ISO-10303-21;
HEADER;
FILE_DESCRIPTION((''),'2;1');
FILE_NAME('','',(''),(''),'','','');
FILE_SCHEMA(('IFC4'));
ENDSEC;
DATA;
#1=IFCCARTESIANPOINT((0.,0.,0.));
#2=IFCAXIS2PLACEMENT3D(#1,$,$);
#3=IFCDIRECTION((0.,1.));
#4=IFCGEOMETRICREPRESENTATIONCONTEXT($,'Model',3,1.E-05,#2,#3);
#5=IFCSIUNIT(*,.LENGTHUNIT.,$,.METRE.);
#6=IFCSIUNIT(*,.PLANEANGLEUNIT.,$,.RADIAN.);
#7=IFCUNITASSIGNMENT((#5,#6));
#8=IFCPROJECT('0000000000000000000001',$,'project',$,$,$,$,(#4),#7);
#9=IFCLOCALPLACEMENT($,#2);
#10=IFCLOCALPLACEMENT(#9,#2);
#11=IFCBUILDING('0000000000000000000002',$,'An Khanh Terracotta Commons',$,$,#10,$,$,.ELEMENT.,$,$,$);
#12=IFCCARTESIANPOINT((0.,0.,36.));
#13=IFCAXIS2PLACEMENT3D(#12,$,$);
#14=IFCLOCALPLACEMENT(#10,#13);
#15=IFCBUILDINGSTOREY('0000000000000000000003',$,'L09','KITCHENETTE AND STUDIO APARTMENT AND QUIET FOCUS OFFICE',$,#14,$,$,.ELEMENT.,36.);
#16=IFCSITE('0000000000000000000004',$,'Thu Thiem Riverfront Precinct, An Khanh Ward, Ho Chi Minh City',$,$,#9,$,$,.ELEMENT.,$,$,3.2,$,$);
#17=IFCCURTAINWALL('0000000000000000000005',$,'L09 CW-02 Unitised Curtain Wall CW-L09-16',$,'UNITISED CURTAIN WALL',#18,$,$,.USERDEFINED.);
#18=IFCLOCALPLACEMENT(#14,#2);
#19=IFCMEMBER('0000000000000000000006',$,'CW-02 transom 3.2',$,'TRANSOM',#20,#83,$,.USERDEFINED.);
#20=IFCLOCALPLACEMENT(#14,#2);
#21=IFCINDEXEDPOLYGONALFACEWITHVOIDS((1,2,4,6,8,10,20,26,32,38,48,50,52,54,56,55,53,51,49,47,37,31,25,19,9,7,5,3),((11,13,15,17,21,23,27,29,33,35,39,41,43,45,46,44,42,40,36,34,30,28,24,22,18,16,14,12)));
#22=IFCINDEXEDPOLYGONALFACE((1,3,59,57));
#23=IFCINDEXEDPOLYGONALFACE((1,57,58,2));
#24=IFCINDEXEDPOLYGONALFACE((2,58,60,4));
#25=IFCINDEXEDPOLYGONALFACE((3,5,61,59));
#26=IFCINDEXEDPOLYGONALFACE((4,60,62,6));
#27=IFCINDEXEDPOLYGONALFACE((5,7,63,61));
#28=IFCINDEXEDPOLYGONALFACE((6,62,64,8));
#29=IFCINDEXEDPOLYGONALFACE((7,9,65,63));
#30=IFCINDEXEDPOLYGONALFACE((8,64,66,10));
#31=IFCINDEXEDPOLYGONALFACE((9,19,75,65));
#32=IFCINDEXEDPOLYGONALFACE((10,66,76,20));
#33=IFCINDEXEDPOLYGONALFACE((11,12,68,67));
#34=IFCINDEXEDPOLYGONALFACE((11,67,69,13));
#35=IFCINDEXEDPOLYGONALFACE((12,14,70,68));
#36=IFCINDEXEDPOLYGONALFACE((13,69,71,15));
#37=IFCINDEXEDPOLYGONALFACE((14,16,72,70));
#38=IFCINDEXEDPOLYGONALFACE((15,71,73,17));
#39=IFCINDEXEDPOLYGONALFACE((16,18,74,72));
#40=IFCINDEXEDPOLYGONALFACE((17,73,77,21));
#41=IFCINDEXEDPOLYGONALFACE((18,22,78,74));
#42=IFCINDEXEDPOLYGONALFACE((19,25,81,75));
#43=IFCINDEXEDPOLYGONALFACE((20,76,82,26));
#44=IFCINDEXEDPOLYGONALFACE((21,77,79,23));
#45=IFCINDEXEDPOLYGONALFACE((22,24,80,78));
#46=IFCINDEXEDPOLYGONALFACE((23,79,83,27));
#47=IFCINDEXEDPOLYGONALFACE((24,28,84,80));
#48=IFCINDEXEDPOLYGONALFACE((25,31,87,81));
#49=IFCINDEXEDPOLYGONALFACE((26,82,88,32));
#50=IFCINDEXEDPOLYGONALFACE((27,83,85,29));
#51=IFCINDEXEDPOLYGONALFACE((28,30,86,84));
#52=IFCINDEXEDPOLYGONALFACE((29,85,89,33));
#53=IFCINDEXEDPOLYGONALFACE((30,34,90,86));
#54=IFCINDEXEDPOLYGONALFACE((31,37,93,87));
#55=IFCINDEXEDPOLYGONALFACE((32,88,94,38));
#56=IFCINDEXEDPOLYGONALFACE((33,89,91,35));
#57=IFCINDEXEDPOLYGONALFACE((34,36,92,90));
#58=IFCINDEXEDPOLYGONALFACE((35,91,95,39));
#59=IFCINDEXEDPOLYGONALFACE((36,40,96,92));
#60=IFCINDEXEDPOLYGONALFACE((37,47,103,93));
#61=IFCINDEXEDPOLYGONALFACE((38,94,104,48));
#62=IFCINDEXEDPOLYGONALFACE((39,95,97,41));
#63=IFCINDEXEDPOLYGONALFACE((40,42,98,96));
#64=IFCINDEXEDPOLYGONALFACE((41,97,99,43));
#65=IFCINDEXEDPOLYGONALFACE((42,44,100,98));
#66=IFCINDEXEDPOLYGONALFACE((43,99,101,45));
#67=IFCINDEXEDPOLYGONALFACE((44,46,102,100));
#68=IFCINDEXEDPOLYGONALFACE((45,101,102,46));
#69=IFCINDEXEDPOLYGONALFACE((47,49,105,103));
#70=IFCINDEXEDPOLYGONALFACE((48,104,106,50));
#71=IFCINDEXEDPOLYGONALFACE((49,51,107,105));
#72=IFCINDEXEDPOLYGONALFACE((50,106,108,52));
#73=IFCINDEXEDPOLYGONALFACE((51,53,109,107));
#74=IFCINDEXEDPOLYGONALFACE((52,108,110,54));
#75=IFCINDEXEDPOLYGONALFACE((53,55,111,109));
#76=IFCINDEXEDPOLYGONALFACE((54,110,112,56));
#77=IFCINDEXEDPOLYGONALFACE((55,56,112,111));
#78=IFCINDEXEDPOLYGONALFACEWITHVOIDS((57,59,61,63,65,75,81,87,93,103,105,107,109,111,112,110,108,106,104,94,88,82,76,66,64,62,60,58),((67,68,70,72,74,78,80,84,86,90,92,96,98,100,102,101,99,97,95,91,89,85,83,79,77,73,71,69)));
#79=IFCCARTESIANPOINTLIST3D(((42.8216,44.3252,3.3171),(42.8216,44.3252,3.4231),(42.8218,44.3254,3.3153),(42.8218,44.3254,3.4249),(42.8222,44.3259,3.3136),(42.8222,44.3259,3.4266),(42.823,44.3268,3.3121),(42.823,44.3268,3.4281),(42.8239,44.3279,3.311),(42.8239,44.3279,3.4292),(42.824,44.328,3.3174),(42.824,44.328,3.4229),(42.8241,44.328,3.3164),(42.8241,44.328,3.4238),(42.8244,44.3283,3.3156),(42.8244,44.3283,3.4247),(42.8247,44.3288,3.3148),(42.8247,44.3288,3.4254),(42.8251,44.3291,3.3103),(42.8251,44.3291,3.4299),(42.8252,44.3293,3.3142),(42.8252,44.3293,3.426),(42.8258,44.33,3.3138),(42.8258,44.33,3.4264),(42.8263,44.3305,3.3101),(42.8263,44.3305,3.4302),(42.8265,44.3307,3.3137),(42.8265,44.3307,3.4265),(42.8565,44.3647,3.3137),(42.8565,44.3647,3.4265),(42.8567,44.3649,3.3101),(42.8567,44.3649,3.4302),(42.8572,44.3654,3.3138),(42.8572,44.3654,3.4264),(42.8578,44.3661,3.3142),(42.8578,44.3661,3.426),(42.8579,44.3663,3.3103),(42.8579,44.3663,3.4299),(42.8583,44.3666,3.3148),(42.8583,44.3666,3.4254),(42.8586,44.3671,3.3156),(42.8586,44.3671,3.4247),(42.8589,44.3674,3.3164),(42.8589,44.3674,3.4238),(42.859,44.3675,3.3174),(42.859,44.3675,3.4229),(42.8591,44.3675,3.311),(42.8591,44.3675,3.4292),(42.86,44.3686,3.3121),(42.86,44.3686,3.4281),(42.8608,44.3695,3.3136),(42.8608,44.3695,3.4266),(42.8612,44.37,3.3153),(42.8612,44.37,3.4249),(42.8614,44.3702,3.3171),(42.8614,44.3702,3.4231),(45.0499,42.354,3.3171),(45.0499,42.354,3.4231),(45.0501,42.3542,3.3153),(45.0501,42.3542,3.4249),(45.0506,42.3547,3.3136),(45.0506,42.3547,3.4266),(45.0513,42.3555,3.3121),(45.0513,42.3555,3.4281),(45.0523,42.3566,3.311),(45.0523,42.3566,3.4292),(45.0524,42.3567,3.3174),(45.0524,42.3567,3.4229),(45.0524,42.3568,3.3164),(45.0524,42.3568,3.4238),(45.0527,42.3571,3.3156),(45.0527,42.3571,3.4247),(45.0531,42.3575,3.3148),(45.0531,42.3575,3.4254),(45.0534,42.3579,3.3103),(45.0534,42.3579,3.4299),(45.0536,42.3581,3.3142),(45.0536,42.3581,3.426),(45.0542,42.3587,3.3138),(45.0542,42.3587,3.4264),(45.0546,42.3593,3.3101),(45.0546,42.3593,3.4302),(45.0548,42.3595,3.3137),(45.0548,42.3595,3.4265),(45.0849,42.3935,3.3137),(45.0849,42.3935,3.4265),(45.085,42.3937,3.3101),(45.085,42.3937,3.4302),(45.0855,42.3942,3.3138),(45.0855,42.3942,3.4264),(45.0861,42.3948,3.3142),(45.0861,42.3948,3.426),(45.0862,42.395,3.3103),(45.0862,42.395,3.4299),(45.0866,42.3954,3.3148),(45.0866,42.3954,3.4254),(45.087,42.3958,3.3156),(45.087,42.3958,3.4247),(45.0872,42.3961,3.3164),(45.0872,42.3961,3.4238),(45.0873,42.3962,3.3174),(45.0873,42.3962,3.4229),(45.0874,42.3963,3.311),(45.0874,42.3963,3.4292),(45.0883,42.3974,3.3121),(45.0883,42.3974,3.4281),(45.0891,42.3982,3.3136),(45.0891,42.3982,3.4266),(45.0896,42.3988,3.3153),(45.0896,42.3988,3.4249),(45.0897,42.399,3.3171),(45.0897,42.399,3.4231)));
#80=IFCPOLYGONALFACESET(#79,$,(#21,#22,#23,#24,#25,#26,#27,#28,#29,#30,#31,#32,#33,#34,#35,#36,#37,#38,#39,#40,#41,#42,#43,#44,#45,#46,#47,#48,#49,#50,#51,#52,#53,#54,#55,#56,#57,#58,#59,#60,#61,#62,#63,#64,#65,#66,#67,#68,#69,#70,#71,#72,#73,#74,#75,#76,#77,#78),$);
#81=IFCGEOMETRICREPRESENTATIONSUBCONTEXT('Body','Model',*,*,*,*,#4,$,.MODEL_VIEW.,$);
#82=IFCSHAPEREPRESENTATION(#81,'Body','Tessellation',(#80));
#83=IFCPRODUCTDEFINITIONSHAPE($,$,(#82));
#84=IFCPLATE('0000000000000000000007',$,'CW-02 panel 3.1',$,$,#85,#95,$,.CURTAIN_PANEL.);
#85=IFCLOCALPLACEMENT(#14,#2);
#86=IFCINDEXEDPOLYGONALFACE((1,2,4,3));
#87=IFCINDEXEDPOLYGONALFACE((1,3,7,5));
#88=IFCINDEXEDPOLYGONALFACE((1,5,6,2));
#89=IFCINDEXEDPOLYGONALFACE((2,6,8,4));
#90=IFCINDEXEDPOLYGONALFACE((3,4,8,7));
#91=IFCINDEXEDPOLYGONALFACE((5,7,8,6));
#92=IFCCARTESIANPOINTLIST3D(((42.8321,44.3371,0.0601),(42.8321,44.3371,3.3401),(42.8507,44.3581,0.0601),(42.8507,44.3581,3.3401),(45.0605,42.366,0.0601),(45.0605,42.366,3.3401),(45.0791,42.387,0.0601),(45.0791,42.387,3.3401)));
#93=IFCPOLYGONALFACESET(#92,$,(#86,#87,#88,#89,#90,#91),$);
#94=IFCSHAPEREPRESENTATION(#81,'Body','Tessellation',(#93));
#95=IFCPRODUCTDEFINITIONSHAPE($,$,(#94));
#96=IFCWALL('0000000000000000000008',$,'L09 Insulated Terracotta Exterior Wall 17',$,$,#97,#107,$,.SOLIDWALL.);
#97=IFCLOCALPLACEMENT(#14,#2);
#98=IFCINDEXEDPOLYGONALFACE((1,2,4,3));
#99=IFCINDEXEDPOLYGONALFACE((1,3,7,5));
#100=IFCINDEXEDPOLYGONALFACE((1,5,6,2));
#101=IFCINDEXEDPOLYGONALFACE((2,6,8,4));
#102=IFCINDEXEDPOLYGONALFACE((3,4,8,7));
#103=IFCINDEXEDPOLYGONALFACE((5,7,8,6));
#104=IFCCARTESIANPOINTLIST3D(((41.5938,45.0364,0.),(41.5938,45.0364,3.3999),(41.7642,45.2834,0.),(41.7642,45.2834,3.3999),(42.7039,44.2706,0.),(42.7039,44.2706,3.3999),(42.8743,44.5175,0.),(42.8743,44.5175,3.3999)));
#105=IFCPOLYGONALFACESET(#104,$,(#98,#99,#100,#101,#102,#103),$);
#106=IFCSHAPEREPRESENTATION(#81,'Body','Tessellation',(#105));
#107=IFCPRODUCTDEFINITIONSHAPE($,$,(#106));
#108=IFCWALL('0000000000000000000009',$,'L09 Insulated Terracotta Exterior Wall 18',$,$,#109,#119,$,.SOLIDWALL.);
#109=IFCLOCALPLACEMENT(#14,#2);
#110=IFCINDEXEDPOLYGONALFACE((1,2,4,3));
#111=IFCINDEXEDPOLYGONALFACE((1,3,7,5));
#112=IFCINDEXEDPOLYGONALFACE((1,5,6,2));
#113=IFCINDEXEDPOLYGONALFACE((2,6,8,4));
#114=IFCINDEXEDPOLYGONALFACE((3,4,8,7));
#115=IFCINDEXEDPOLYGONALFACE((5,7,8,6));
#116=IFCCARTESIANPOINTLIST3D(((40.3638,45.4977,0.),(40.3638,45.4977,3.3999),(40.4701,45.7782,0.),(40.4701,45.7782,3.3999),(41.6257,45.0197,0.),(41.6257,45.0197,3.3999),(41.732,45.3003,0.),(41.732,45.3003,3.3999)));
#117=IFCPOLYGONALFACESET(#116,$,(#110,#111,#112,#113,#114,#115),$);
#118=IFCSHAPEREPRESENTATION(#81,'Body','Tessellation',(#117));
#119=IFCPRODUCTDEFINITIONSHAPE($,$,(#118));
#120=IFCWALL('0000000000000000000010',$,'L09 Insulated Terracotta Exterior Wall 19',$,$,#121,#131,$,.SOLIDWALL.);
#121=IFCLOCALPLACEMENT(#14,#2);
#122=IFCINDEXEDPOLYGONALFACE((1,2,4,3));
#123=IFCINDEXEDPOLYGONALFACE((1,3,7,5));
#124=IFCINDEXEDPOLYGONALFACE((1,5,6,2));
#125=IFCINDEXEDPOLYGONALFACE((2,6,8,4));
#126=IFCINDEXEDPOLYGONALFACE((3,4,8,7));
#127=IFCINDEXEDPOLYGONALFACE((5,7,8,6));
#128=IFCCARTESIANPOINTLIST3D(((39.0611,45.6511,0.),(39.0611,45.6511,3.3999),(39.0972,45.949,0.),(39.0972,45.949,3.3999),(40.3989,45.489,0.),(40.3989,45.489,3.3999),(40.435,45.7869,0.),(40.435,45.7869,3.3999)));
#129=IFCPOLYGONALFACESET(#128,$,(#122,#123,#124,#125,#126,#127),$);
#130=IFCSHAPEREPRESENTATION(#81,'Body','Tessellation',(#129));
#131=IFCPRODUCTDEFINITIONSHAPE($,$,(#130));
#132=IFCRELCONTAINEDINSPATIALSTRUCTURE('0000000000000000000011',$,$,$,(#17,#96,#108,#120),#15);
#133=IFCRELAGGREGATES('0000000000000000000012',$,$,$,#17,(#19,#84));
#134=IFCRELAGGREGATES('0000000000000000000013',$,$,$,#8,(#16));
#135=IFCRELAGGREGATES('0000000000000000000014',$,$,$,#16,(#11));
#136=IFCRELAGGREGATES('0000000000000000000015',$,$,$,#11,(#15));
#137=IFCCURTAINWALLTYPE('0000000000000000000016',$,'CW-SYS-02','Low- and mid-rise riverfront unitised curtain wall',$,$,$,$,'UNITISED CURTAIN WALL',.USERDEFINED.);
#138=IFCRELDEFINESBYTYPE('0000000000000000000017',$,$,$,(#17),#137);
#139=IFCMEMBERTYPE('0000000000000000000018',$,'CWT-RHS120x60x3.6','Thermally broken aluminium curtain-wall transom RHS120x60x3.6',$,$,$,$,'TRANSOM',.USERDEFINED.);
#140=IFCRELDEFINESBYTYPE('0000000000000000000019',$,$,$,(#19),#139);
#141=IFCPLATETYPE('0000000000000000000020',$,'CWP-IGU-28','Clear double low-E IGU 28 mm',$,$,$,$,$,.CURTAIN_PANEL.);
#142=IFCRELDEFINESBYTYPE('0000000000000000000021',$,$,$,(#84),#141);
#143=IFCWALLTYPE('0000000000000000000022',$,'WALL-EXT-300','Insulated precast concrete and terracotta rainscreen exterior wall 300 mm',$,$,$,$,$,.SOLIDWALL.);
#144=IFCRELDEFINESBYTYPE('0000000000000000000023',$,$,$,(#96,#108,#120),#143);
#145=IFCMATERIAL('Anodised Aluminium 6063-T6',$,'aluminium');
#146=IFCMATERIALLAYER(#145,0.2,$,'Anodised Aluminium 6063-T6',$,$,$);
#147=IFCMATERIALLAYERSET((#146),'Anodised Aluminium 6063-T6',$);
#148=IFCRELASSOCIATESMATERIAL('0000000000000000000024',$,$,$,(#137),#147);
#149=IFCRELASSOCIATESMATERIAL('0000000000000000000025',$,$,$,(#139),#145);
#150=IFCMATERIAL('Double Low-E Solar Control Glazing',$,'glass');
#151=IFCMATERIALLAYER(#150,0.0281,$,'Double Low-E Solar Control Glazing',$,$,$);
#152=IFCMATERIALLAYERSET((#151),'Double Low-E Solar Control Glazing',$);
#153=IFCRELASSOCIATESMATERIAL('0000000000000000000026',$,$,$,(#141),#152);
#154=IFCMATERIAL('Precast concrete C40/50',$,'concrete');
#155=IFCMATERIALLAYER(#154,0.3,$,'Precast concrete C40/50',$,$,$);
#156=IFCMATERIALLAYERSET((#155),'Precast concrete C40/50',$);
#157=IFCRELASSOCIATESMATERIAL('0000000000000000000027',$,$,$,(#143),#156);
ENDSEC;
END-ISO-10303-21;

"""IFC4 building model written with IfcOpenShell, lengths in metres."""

from ifc_helpers import new_model, si_unit, direction, frame, frame_2d, origin, origin_2d, place, context, subcontext, project, spatial, rectangle, hollow_rectangle, extrude, material, layer, layer_set, material_profile, profile_set, type_object, element, aggregate, save


model = new_model("IFC4")

# Units and contexts
model_context = context("Model", 3, precision=1e-05, world=origin(), true_north=direction((0.0, 1.0)))
body_context = subcontext(model_context, "Body", "Model", "MODEL_VIEW")
ifc_project = project(units=[si_unit("LENGTHUNIT", "METRE"), si_unit("PLANEANGLEUNIT", "RADIAN")], contexts=[model_context])

# Site, building, storey
site_placement = place(None, origin())
site = spatial("IfcSite", under=ifc_project, at=site_placement, Name="Thu Thiem Riverfront Precinct, An Khanh Ward, Ho Chi Minh City", CompositionType="ELEMENT", RefElevation=3.2)
building_placement = place(site_placement, origin())
building = spatial("IfcBuilding", under=site, at=building_placement, Name="An Khanh Terracotta Commons", CompositionType="ELEMENT")
storey_placement = place(building_placement, frame((0.0, 0.0, 36.0)))
storey = spatial("IfcBuildingStorey", under=building, at=storey_placement, Name="L09", Description="KITCHENETTE AND STUDIO APARTMENT AND QUIET FOCUS OFFICE", CompositionType="ELEMENT", Elevation=36.0)

# Curtain wall, member, plate
ifc_material_1 = material(Name="Anodised Aluminium 6063-T6", Category="aluminium")
ifc_layer_1 = layer(ifc_material_1, 0.2, Name="Anodised Aluminium 6063-T6")
ifc_layer_set_1 = layer_set([ifc_layer_1], Name="Anodised Aluminium 6063-T6")
curtain_wall_type = type_object("IfcCurtainWallType", Name="CW-SYS-02", Description="Low- and mid-rise riverfront unitised curtain wall", ElementType="UNITISED CURTAIN WALL", PredefinedType="USERDEFINED", material=ifc_layer_set_1)
curtain_wall_placement = place(storey_placement, origin())
curtain_wall = element("IfcCurtainWall", 1, at=curtain_wall_placement, inside=storey, type_object=curtain_wall_type, Name="L09 CW-02 Unitised Curtain Wall CW-L09-16", ObjectType="UNITISED CURTAIN WALL", PredefinedType="USERDEFINED")
ifc_material_profile_1 = material_profile(ifc_material_1, hollow_rectangle(XDim=0.0601, YDim=0.1201, WallThickness=0.0037, InnerFilletRadius=0.0037, OuterFilletRadius=0.0071, at=origin_2d()), Name="RHS120x60x3.6")
ifc_profile_set_1 = profile_set([ifc_material_profile_1], Name="Anodised Aluminium 6063-T6")
member_type_1 = type_object("IfcMemberType", Name="CWT-RHS120x60x3.6", Description="Thermally broken aluminium curtain-wall transom RHS120x60x3.6", ElementType="TRANSOM", PredefinedType="USERDEFINED", material=ifc_profile_set_1)
member_1_placement = place(storey_placement, frame((45.0698, 42.3765, 3.3701), z_axis=(-0.748992, 0.662579, 0.0), x_axis=(-0.662579, -0.748992, 0.0)))
member_1 = element("IfcMember", 2, at=member_1_placement, type_object=member_type_1, Name="CW-02 transom 3.2", ObjectType="TRANSOM", PredefinedType="USERDEFINED", context=body_context, shape_type="SweptSolid", body=[
    extrude(hollow_rectangle(XDim=0.0601, YDim=0.1201, WallThickness=0.0037, InnerFilletRadius=0.0037, OuterFilletRadius=0.0071, at=origin_2d()), origin(), (0.0, 0.0, 1.0), 2.9751),
])
ifc_material_2 = material(Name="Double Low-E Solar Control Glazing", Category="glass")
ifc_layer_2 = layer(ifc_material_2, 0.0281, Name="Double Low-E Solar Control Glazing")
ifc_layer_set_2 = layer_set([ifc_layer_2], Name="Double Low-E Solar Control Glazing")
plate_type = type_object("IfcPlateType", Name="CWP-IGU-28", Description="Clear double low-E IGU 28 mm", PredefinedType="CURTAIN_PANEL", material=ifc_layer_set_2)
plate_placement = place(storey_placement, frame((43.9556, 43.3621, 0.0601), z_axis=(0.0, 0.0, 1.0), x_axis=(-0.749019, 0.662548, 0.0)))
plate = element("IfcPlate", 3, at=plate_placement, type_object=plate_type, Name="CW-02 panel 3.1", PredefinedType="CURTAIN_PANEL", context=body_context, shape_type="SweptSolid", body=[
    extrude(rectangle(XDim=2.9751, YDim=0.0281, at=origin_2d()), origin(), (0.0, 0.0, 1.0), 3.28),
])
aggregate(curtain_wall, [member_1, plate])

# Walls
ifc_material_3 = material(Name="Precast concrete C40/50", Category="concrete")
ifc_layer_3 = layer(ifc_material_3, 0.3, Name="Precast concrete C40/50")
ifc_layer_set_3 = layer_set([ifc_layer_3], Name="Precast concrete C40/50")
wall_type_1 = type_object("IfcWallType", Name="WALL-EXT-300", Description="Insulated precast concrete and terracotta rainscreen exterior wall 300 mm", PredefinedType="SOLIDWALL", material=ifc_layer_set_3)
wall_1_placement = place(storey_placement, frame((42.7891, 44.394, 0.0), z_axis=(0.0, 0.0, 1.0), x_axis=(-0.823117, 0.567873, 0.0)))
element("IfcWall", 4, at=wall_1_placement, inside=storey, type_object=wall_type_1, Name="L09 Insulated Terracotta Exterior Wall 17", PredefinedType="SOLIDWALL", context=body_context, shape_type="SweptSolid", body=[
    extrude(rectangle(XDim=1.3486, YDim=0.3, at=frame_2d((0.6743, 0.0))), origin(), (0.0, 0.0, 1.0), 3.3999),
])
wall_2_placement = place(storey_placement, frame((41.679, 45.1599, 0.0), z_axis=(0.0, 0.0, 1.0), x_axis=(-0.935157, 0.354234, 0.0)))
element("IfcWall", 5, at=wall_2_placement, inside=storey, type_object=wall_type_1, Name="L09 Insulated Terracotta Exterior Wall 18", PredefinedType="SOLIDWALL", context=body_context, shape_type="SweptSolid", body=[
    extrude(rectangle(XDim=1.3494, YDim=0.3, at=frame_2d((0.6748, 0.0))), origin(), (0.0, 0.0, 1.0), 3.3999),
])
wall_3_placement = place(storey_placement, frame((40.417, 45.6379, 0.0), z_axis=(0.0, 0.0, 1.0), x_axis=(-0.992739, 0.120288, 0.0)))
element("IfcWall", 6, at=wall_3_placement, inside=storey, type_object=wall_type_1, Name="L09 Insulated Terracotta Exterior Wall 19", PredefinedType="SOLIDWALL", context=body_context, shape_type="SweptSolid", body=[
    extrude(rectangle(XDim=1.3477, YDim=0.3, at=frame_2d((0.6738, 0.0))), origin(), (0.0, 0.0, 1.0), 3.3999),
])

save(model, "model.ifc")
